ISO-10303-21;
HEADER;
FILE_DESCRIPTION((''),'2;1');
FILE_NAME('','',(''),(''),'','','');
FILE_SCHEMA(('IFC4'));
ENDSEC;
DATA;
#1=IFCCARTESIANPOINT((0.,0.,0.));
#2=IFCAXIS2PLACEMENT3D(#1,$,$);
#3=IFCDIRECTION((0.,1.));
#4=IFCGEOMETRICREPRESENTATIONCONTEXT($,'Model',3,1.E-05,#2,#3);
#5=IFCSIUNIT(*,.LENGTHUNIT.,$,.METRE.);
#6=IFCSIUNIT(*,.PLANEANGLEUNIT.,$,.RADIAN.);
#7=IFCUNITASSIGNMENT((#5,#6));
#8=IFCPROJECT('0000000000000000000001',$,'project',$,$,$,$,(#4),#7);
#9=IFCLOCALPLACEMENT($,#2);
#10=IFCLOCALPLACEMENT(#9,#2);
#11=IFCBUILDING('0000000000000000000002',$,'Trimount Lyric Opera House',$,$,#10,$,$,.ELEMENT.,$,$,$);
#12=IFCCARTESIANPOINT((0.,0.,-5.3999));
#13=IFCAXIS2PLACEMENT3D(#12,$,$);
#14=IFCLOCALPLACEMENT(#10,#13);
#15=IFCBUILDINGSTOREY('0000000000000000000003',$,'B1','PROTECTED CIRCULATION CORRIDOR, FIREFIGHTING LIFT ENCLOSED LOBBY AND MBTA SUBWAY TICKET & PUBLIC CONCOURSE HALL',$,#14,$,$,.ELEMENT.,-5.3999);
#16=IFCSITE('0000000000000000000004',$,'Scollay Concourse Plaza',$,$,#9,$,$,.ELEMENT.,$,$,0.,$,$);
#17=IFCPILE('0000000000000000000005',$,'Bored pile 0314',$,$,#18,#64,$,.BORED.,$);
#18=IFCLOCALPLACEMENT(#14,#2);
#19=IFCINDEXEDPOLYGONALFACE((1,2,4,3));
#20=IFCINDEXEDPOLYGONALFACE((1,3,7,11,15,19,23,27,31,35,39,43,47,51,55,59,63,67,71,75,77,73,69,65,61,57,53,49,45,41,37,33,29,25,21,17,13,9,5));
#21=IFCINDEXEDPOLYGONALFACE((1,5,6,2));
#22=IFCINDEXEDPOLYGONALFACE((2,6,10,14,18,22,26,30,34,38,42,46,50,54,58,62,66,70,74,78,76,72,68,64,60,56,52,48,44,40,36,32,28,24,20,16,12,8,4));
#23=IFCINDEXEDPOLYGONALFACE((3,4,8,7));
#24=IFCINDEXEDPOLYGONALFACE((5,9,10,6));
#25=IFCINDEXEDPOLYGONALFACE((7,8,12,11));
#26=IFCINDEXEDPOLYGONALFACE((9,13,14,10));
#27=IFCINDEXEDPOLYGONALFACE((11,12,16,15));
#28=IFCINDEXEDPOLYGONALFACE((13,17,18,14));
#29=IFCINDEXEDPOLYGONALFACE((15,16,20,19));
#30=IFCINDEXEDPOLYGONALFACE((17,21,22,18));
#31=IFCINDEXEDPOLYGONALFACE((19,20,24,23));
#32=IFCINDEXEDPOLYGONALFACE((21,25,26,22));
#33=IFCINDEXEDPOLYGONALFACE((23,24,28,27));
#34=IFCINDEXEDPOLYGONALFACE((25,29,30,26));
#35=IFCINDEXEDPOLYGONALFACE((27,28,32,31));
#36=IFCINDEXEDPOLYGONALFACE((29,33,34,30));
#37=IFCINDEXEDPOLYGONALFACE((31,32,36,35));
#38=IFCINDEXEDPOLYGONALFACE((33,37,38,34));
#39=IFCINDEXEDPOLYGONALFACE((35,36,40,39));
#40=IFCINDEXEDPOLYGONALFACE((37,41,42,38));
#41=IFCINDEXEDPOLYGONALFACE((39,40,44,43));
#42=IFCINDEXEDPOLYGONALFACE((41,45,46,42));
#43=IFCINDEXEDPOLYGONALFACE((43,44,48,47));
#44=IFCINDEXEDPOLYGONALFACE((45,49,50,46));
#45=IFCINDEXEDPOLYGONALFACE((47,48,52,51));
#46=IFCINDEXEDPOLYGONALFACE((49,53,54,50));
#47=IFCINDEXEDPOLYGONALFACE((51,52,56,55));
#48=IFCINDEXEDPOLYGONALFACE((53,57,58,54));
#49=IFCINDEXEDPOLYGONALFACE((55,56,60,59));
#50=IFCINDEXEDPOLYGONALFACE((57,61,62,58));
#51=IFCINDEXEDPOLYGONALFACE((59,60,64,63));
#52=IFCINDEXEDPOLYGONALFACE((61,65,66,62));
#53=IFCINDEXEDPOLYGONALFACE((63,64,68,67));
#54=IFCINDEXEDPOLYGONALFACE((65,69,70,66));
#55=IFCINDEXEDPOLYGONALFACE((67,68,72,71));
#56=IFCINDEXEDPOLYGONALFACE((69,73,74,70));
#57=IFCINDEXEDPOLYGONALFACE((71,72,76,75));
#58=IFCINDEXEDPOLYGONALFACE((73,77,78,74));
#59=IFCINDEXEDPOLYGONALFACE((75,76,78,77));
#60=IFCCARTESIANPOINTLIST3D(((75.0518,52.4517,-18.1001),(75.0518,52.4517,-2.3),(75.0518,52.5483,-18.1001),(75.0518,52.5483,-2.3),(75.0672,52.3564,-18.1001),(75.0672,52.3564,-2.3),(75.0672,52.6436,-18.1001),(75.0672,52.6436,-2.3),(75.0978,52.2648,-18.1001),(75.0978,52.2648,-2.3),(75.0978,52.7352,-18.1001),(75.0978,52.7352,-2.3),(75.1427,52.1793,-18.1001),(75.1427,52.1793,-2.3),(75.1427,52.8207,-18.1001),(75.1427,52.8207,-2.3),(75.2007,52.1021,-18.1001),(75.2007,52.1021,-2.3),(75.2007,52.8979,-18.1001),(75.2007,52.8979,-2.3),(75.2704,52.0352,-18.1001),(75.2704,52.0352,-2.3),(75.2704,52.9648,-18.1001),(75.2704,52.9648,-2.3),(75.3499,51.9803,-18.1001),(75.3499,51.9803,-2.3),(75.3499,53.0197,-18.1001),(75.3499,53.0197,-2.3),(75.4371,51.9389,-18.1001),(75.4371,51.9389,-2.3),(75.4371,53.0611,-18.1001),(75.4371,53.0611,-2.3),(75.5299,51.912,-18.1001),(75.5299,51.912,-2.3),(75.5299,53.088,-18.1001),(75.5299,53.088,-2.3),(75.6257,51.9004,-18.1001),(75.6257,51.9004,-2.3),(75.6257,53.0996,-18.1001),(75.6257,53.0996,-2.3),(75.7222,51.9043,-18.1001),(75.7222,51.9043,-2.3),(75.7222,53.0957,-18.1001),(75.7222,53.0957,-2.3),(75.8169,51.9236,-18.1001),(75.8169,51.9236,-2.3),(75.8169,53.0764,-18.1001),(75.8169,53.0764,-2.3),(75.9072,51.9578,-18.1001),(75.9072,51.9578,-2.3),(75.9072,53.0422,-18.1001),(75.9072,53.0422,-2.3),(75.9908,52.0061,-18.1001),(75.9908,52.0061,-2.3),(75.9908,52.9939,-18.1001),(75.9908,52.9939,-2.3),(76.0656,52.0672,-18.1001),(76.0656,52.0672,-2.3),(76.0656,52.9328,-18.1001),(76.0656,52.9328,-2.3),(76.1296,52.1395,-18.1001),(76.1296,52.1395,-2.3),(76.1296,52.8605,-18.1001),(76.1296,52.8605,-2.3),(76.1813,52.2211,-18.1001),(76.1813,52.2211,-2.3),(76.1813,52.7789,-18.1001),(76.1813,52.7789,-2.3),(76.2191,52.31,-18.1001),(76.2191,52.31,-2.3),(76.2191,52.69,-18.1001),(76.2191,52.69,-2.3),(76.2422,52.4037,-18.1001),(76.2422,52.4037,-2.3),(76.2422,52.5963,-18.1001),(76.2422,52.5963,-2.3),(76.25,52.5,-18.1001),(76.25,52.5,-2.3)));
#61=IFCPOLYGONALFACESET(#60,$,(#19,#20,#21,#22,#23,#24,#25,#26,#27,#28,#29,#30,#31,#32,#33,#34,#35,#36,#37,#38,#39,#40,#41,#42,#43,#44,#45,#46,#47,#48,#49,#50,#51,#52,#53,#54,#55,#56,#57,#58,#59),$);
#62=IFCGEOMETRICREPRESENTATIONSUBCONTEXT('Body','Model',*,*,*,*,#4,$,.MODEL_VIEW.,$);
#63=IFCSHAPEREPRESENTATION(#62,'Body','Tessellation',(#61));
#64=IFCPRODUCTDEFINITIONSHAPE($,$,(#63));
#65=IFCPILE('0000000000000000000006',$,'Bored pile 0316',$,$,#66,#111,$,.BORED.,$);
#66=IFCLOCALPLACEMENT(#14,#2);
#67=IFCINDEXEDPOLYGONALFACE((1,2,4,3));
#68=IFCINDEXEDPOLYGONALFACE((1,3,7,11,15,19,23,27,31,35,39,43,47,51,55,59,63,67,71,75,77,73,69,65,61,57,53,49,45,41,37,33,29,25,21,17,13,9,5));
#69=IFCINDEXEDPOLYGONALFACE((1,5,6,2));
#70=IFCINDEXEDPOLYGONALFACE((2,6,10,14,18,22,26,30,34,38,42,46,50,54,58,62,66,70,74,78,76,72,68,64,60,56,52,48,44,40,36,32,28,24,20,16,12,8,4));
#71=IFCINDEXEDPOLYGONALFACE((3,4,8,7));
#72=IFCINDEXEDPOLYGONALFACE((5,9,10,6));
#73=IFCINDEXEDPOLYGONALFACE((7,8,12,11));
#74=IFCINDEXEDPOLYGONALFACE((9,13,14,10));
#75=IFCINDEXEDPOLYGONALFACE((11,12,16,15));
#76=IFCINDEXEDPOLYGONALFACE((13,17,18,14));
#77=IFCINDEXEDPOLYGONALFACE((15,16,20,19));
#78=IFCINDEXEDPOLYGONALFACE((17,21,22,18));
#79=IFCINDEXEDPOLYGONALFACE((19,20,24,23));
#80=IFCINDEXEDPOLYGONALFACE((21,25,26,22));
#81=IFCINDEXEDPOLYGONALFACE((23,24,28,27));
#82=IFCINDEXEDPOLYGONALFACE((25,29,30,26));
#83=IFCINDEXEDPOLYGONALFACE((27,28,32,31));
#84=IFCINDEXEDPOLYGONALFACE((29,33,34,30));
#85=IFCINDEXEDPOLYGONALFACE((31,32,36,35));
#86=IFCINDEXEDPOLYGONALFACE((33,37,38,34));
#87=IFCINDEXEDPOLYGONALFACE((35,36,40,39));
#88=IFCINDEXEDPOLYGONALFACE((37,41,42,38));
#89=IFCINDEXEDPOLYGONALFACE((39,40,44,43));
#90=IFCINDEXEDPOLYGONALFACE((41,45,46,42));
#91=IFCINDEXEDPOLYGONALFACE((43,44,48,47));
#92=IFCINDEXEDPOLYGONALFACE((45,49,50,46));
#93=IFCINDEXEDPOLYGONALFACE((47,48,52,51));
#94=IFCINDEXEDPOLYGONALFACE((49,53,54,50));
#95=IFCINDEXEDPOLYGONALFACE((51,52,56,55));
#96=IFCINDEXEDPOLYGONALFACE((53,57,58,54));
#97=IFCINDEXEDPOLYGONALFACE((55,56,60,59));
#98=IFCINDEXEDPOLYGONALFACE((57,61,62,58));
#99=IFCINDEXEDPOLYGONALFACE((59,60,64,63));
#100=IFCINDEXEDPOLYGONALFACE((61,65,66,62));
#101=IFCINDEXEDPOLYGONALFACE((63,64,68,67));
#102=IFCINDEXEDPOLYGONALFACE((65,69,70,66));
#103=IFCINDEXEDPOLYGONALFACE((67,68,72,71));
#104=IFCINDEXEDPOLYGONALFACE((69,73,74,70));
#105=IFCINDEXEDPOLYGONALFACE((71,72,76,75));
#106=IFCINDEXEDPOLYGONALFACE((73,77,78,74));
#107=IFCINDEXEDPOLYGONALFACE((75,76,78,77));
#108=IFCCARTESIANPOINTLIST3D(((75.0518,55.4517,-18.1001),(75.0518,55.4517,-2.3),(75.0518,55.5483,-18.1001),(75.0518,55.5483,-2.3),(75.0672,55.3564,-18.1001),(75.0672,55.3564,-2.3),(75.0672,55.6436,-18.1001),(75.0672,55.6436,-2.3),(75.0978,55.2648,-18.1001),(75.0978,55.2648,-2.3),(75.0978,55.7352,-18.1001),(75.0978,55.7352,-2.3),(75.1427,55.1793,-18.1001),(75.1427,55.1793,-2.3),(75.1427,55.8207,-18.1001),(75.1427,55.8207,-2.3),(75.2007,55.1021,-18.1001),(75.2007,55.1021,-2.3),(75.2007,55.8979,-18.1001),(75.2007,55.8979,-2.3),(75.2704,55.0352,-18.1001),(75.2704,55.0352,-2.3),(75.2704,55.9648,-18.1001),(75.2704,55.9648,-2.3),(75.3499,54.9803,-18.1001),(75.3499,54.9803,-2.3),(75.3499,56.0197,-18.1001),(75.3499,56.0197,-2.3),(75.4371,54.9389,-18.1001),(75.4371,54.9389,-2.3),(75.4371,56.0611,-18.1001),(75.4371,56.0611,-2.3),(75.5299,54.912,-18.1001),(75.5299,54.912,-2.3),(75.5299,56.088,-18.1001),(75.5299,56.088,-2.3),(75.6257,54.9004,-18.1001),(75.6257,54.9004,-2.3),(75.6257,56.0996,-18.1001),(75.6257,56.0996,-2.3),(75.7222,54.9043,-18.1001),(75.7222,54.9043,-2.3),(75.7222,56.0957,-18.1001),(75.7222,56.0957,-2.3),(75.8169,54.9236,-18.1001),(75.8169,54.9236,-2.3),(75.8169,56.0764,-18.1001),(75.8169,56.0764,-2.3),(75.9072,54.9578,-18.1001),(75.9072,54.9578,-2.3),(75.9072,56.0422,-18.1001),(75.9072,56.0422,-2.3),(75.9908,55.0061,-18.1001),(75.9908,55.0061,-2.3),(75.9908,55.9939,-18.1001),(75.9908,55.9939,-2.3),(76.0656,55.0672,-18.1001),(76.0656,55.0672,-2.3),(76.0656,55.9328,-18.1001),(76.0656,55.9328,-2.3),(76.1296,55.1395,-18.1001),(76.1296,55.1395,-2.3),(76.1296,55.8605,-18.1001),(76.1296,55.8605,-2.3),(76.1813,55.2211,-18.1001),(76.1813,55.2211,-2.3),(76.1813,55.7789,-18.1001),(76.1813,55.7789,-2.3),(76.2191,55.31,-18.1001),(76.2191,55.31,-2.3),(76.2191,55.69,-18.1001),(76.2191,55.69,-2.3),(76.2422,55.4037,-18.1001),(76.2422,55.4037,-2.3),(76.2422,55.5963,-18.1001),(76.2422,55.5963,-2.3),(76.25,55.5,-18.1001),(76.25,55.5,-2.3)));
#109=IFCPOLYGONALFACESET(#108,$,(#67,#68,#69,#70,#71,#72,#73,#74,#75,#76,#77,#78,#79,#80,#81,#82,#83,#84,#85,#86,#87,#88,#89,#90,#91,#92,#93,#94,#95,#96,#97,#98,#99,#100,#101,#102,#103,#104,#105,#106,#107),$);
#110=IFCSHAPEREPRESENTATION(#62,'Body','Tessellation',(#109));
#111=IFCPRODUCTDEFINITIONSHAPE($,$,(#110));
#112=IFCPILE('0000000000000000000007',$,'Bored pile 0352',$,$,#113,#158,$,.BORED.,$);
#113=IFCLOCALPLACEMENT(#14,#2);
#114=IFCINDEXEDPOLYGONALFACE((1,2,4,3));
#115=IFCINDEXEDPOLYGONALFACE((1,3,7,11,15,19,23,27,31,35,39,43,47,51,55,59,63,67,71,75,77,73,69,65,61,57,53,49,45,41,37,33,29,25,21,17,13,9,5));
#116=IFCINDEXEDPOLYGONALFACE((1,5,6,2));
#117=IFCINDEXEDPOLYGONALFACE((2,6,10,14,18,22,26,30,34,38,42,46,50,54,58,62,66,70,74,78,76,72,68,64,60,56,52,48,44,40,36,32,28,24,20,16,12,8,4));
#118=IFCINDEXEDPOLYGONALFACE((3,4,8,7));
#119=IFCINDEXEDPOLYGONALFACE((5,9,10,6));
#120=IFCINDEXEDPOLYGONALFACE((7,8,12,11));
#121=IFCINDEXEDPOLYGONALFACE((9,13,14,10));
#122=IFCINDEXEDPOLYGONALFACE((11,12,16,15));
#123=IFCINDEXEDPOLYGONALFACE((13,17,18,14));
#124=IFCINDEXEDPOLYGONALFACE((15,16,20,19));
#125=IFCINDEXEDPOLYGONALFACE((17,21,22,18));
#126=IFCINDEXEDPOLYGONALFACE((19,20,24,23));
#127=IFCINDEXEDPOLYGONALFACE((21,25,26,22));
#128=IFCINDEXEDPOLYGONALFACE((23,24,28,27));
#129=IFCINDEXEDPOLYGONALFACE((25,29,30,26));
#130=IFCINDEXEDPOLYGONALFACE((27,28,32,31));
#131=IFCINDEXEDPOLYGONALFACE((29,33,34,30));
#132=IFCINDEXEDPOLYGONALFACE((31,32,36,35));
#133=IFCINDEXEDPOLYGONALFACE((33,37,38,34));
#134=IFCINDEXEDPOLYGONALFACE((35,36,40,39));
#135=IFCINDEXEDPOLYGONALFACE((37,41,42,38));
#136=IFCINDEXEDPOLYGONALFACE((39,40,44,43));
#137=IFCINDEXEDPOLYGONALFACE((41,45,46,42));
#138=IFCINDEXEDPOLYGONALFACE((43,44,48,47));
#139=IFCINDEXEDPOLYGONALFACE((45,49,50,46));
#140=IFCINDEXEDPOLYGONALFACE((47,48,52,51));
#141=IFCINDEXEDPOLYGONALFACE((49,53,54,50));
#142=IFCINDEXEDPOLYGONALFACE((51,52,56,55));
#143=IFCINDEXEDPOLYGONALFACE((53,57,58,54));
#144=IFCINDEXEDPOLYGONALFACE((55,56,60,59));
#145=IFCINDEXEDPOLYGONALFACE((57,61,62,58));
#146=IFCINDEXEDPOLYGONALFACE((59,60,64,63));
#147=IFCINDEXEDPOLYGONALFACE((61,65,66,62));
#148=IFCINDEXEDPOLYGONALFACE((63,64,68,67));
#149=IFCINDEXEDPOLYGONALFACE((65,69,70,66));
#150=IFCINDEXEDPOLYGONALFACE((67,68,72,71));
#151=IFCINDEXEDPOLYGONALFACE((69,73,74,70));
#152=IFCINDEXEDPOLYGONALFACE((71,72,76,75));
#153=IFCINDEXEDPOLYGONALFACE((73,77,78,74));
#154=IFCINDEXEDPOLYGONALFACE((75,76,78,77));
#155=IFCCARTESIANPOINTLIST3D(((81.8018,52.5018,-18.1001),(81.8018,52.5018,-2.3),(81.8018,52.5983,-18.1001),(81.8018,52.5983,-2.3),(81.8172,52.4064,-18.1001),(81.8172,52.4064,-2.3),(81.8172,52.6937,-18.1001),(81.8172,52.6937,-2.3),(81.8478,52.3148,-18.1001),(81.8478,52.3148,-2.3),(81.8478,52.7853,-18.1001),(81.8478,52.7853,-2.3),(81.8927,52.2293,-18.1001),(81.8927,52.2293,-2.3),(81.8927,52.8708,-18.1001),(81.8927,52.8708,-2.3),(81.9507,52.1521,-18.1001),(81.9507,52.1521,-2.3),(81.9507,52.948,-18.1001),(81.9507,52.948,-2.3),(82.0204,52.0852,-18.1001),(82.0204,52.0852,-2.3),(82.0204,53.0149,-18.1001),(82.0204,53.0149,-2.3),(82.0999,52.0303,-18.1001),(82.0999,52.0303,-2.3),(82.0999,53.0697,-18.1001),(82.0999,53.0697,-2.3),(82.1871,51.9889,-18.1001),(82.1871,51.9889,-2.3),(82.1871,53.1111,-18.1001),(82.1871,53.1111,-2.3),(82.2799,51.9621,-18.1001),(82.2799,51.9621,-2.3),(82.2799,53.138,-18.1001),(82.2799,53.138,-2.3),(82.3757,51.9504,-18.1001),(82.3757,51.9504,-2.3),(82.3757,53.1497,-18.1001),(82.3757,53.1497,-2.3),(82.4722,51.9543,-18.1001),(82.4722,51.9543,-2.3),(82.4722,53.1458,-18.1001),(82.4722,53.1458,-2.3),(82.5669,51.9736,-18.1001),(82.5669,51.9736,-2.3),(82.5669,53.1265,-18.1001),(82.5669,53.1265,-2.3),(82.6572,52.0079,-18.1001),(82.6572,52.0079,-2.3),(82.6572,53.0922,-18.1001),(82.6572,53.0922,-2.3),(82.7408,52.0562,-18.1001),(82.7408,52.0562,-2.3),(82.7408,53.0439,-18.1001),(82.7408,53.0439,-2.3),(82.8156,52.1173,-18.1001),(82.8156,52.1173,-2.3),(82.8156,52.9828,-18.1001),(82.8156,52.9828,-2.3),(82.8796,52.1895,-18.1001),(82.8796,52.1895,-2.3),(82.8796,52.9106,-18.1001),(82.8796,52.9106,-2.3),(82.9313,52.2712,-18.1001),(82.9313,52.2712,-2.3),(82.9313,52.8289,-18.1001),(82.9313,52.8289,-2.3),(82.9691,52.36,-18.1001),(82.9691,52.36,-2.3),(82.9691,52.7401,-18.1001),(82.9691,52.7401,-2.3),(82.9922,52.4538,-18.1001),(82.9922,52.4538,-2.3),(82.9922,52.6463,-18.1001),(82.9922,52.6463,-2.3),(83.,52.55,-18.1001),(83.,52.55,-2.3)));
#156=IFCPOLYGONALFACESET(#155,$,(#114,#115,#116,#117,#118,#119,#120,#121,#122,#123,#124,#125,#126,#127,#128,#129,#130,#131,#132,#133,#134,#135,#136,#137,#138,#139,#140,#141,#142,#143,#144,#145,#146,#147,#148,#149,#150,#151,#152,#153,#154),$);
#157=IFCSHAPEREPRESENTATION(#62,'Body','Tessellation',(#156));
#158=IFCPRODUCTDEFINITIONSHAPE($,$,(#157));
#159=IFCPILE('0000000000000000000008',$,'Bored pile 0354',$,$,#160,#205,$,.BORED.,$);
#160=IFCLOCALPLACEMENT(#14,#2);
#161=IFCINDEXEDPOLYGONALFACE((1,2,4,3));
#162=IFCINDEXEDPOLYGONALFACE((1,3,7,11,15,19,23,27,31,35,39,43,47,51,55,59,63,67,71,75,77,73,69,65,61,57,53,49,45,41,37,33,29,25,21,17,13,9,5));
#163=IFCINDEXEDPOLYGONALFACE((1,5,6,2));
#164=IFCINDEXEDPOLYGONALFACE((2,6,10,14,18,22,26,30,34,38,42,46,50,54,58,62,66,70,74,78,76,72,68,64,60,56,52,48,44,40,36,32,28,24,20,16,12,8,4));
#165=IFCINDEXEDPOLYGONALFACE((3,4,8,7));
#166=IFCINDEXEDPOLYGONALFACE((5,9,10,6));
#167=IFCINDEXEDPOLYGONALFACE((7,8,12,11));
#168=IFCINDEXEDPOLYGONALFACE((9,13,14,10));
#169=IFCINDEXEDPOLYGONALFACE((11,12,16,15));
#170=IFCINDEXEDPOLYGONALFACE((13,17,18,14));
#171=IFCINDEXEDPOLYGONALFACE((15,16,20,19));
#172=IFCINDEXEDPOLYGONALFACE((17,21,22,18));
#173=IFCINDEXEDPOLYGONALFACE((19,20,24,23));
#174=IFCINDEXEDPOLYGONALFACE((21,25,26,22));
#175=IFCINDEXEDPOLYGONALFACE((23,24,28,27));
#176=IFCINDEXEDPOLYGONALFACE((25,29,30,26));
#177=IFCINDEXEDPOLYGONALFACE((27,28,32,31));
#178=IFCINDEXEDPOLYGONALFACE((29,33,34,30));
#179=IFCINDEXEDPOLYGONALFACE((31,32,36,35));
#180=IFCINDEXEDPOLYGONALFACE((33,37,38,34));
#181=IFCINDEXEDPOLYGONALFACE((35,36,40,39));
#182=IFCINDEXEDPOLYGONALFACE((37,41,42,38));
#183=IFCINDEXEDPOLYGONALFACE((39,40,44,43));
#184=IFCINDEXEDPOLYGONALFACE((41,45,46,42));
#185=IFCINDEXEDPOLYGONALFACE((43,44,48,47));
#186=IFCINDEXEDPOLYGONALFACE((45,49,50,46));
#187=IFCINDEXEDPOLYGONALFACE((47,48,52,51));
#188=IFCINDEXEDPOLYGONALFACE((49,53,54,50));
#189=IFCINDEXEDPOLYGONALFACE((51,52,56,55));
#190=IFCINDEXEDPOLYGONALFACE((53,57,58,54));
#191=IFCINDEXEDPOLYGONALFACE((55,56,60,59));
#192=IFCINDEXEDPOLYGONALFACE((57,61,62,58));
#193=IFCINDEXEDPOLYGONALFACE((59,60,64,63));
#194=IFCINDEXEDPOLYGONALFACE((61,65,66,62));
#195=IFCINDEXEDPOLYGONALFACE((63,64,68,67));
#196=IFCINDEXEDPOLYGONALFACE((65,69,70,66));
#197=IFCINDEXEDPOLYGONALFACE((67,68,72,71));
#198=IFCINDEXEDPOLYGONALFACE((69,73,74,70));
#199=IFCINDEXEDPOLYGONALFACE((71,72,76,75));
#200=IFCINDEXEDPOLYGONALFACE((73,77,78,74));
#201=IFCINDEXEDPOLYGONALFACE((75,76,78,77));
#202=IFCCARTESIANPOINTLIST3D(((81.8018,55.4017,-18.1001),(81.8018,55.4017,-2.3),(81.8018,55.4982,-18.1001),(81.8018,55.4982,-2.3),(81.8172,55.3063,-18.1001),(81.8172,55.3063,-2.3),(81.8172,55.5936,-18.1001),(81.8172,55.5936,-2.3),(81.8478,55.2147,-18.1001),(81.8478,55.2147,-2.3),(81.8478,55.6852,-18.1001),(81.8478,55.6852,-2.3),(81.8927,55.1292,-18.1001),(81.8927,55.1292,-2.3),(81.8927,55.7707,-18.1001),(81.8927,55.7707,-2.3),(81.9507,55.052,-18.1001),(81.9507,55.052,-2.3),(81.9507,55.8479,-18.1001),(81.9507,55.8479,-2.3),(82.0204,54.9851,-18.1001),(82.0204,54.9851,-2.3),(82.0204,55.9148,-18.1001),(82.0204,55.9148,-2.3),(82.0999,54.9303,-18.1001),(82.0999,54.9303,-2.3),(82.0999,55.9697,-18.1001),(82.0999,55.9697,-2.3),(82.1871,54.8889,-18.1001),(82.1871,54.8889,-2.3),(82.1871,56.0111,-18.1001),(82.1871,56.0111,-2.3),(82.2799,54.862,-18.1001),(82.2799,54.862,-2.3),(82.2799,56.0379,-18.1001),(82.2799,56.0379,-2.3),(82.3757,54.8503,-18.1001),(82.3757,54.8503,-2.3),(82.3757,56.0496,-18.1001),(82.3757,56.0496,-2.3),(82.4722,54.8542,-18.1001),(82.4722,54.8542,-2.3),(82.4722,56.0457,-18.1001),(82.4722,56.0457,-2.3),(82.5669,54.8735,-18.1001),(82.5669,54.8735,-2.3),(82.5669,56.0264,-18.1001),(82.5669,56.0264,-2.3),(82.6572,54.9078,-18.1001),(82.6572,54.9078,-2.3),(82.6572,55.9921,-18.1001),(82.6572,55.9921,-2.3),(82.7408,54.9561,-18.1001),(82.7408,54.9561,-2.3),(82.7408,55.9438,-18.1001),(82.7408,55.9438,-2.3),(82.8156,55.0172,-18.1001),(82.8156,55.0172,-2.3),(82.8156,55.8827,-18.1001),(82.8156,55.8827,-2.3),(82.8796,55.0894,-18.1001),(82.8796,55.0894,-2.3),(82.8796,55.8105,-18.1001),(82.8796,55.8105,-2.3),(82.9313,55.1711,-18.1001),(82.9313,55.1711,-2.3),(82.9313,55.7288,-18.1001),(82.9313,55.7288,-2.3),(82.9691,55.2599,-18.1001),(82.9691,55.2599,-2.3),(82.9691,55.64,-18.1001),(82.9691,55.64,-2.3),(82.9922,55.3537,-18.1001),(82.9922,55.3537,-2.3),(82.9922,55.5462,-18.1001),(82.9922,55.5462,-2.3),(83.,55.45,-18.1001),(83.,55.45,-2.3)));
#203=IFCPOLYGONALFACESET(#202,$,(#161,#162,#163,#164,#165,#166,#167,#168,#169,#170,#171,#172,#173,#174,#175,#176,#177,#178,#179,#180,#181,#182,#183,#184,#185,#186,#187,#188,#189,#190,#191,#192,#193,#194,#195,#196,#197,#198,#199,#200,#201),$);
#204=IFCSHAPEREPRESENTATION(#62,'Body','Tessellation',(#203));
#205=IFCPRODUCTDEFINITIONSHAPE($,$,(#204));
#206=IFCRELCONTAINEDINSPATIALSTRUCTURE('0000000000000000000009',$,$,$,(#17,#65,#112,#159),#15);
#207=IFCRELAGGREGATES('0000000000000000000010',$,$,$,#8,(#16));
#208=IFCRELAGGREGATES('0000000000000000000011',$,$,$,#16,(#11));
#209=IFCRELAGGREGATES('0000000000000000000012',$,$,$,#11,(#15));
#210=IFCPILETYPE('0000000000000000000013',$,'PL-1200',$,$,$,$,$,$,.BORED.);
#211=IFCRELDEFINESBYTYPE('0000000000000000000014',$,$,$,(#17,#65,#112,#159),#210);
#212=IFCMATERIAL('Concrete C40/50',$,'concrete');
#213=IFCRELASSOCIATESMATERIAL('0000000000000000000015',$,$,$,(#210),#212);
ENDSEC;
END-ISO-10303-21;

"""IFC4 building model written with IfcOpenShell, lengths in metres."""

from ifc_helpers import new_model, si_unit, direction, frame, origin, origin_2d, place, context, subcontext, project, spatial, circle, extrude, material, material_profile, profile_set, type_object, element, save


model = new_model("IFC4")

# Units and contexts
model_context = context("Model", 3, precision=1e-05, world=origin(), true_north=direction((0.0, 1.0)))
body_context = subcontext(model_context, "Body", "Model", "MODEL_VIEW")
ifc_project = project(units=[si_unit("LENGTHUNIT", "METRE"), si_unit("PLANEANGLEUNIT", "RADIAN")], contexts=[model_context])

# Site, building, storey
site_placement = place(None, origin())
site = spatial("IfcSite", under=ifc_project, at=site_placement, Name="Scollay Concourse Plaza", CompositionType="ELEMENT", RefElevation=0.0)
building_placement = place(site_placement, origin())
building = spatial("IfcBuilding", under=site, at=building_placement, Name="Trimount Lyric Opera House", CompositionType="ELEMENT")
storey_placement = place(building_placement, frame((0.0, 0.0, -5.3999)))
storey = spatial("IfcBuildingStorey", under=building, at=storey_placement, Name="B1", Description="PROTECTED CIRCULATION CORRIDOR, FIREFIGHTING LIFT ENCLOSED LOBBY AND MBTA SUBWAY TICKET & PUBLIC CONCOURSE HALL", CompositionType="ELEMENT", Elevation=-5.3999)

# Piles
ifc_material_1 = material(Name="Concrete C40/50", Category="concrete")
ifc_material_profile_1 = material_profile(ifc_material_1, circle(Radius=0.6001, at=origin_2d()), Name="PILE-D1200")
ifc_profile_set_1 = profile_set([ifc_material_profile_1], Name="Concrete C40/50")
pile_type_1 = type_object("IfcPileType", Name="PL-1200", PredefinedType="BORED", material=ifc_profile_set_1)
for number, where, z_axis, x_axis, name in (
    (1, (75.6499, 52.5, -2.3), (0.0, 0.0, -1.0), (1.0, 0.0, 0.0), "Bored pile 0314"),
    (2, (75.6499, 55.5, -2.3), (0.0, 0.0, -1.0), (1.0, 0.0, 0.0), "Bored pile 0316"),
    (3, (82.3999, 52.55, -2.3), (0.0, 0.0, -1.0), (1.0, 0.0, 0.0), "Bored pile 0352"),
    (4, (82.3999, 55.45, -2.3), (0.0, 0.0, -1.0), (1.0, 0.0, 0.0), "Bored pile 0354"),
):
    element("IfcPile", number, at=place(storey_placement, frame(where, z_axis=z_axis, x_axis=x_axis)), inside=storey, type_object=pile_type_1, Name=name, PredefinedType="BORED", context=body_context, shape_type="SweptSolid", body=[
        extrude(circle(Radius=0.6001, at=origin_2d()), origin(), (0.0, 0.0, 1.0), 15.8),
    ])

save(model, "model.ifc")
